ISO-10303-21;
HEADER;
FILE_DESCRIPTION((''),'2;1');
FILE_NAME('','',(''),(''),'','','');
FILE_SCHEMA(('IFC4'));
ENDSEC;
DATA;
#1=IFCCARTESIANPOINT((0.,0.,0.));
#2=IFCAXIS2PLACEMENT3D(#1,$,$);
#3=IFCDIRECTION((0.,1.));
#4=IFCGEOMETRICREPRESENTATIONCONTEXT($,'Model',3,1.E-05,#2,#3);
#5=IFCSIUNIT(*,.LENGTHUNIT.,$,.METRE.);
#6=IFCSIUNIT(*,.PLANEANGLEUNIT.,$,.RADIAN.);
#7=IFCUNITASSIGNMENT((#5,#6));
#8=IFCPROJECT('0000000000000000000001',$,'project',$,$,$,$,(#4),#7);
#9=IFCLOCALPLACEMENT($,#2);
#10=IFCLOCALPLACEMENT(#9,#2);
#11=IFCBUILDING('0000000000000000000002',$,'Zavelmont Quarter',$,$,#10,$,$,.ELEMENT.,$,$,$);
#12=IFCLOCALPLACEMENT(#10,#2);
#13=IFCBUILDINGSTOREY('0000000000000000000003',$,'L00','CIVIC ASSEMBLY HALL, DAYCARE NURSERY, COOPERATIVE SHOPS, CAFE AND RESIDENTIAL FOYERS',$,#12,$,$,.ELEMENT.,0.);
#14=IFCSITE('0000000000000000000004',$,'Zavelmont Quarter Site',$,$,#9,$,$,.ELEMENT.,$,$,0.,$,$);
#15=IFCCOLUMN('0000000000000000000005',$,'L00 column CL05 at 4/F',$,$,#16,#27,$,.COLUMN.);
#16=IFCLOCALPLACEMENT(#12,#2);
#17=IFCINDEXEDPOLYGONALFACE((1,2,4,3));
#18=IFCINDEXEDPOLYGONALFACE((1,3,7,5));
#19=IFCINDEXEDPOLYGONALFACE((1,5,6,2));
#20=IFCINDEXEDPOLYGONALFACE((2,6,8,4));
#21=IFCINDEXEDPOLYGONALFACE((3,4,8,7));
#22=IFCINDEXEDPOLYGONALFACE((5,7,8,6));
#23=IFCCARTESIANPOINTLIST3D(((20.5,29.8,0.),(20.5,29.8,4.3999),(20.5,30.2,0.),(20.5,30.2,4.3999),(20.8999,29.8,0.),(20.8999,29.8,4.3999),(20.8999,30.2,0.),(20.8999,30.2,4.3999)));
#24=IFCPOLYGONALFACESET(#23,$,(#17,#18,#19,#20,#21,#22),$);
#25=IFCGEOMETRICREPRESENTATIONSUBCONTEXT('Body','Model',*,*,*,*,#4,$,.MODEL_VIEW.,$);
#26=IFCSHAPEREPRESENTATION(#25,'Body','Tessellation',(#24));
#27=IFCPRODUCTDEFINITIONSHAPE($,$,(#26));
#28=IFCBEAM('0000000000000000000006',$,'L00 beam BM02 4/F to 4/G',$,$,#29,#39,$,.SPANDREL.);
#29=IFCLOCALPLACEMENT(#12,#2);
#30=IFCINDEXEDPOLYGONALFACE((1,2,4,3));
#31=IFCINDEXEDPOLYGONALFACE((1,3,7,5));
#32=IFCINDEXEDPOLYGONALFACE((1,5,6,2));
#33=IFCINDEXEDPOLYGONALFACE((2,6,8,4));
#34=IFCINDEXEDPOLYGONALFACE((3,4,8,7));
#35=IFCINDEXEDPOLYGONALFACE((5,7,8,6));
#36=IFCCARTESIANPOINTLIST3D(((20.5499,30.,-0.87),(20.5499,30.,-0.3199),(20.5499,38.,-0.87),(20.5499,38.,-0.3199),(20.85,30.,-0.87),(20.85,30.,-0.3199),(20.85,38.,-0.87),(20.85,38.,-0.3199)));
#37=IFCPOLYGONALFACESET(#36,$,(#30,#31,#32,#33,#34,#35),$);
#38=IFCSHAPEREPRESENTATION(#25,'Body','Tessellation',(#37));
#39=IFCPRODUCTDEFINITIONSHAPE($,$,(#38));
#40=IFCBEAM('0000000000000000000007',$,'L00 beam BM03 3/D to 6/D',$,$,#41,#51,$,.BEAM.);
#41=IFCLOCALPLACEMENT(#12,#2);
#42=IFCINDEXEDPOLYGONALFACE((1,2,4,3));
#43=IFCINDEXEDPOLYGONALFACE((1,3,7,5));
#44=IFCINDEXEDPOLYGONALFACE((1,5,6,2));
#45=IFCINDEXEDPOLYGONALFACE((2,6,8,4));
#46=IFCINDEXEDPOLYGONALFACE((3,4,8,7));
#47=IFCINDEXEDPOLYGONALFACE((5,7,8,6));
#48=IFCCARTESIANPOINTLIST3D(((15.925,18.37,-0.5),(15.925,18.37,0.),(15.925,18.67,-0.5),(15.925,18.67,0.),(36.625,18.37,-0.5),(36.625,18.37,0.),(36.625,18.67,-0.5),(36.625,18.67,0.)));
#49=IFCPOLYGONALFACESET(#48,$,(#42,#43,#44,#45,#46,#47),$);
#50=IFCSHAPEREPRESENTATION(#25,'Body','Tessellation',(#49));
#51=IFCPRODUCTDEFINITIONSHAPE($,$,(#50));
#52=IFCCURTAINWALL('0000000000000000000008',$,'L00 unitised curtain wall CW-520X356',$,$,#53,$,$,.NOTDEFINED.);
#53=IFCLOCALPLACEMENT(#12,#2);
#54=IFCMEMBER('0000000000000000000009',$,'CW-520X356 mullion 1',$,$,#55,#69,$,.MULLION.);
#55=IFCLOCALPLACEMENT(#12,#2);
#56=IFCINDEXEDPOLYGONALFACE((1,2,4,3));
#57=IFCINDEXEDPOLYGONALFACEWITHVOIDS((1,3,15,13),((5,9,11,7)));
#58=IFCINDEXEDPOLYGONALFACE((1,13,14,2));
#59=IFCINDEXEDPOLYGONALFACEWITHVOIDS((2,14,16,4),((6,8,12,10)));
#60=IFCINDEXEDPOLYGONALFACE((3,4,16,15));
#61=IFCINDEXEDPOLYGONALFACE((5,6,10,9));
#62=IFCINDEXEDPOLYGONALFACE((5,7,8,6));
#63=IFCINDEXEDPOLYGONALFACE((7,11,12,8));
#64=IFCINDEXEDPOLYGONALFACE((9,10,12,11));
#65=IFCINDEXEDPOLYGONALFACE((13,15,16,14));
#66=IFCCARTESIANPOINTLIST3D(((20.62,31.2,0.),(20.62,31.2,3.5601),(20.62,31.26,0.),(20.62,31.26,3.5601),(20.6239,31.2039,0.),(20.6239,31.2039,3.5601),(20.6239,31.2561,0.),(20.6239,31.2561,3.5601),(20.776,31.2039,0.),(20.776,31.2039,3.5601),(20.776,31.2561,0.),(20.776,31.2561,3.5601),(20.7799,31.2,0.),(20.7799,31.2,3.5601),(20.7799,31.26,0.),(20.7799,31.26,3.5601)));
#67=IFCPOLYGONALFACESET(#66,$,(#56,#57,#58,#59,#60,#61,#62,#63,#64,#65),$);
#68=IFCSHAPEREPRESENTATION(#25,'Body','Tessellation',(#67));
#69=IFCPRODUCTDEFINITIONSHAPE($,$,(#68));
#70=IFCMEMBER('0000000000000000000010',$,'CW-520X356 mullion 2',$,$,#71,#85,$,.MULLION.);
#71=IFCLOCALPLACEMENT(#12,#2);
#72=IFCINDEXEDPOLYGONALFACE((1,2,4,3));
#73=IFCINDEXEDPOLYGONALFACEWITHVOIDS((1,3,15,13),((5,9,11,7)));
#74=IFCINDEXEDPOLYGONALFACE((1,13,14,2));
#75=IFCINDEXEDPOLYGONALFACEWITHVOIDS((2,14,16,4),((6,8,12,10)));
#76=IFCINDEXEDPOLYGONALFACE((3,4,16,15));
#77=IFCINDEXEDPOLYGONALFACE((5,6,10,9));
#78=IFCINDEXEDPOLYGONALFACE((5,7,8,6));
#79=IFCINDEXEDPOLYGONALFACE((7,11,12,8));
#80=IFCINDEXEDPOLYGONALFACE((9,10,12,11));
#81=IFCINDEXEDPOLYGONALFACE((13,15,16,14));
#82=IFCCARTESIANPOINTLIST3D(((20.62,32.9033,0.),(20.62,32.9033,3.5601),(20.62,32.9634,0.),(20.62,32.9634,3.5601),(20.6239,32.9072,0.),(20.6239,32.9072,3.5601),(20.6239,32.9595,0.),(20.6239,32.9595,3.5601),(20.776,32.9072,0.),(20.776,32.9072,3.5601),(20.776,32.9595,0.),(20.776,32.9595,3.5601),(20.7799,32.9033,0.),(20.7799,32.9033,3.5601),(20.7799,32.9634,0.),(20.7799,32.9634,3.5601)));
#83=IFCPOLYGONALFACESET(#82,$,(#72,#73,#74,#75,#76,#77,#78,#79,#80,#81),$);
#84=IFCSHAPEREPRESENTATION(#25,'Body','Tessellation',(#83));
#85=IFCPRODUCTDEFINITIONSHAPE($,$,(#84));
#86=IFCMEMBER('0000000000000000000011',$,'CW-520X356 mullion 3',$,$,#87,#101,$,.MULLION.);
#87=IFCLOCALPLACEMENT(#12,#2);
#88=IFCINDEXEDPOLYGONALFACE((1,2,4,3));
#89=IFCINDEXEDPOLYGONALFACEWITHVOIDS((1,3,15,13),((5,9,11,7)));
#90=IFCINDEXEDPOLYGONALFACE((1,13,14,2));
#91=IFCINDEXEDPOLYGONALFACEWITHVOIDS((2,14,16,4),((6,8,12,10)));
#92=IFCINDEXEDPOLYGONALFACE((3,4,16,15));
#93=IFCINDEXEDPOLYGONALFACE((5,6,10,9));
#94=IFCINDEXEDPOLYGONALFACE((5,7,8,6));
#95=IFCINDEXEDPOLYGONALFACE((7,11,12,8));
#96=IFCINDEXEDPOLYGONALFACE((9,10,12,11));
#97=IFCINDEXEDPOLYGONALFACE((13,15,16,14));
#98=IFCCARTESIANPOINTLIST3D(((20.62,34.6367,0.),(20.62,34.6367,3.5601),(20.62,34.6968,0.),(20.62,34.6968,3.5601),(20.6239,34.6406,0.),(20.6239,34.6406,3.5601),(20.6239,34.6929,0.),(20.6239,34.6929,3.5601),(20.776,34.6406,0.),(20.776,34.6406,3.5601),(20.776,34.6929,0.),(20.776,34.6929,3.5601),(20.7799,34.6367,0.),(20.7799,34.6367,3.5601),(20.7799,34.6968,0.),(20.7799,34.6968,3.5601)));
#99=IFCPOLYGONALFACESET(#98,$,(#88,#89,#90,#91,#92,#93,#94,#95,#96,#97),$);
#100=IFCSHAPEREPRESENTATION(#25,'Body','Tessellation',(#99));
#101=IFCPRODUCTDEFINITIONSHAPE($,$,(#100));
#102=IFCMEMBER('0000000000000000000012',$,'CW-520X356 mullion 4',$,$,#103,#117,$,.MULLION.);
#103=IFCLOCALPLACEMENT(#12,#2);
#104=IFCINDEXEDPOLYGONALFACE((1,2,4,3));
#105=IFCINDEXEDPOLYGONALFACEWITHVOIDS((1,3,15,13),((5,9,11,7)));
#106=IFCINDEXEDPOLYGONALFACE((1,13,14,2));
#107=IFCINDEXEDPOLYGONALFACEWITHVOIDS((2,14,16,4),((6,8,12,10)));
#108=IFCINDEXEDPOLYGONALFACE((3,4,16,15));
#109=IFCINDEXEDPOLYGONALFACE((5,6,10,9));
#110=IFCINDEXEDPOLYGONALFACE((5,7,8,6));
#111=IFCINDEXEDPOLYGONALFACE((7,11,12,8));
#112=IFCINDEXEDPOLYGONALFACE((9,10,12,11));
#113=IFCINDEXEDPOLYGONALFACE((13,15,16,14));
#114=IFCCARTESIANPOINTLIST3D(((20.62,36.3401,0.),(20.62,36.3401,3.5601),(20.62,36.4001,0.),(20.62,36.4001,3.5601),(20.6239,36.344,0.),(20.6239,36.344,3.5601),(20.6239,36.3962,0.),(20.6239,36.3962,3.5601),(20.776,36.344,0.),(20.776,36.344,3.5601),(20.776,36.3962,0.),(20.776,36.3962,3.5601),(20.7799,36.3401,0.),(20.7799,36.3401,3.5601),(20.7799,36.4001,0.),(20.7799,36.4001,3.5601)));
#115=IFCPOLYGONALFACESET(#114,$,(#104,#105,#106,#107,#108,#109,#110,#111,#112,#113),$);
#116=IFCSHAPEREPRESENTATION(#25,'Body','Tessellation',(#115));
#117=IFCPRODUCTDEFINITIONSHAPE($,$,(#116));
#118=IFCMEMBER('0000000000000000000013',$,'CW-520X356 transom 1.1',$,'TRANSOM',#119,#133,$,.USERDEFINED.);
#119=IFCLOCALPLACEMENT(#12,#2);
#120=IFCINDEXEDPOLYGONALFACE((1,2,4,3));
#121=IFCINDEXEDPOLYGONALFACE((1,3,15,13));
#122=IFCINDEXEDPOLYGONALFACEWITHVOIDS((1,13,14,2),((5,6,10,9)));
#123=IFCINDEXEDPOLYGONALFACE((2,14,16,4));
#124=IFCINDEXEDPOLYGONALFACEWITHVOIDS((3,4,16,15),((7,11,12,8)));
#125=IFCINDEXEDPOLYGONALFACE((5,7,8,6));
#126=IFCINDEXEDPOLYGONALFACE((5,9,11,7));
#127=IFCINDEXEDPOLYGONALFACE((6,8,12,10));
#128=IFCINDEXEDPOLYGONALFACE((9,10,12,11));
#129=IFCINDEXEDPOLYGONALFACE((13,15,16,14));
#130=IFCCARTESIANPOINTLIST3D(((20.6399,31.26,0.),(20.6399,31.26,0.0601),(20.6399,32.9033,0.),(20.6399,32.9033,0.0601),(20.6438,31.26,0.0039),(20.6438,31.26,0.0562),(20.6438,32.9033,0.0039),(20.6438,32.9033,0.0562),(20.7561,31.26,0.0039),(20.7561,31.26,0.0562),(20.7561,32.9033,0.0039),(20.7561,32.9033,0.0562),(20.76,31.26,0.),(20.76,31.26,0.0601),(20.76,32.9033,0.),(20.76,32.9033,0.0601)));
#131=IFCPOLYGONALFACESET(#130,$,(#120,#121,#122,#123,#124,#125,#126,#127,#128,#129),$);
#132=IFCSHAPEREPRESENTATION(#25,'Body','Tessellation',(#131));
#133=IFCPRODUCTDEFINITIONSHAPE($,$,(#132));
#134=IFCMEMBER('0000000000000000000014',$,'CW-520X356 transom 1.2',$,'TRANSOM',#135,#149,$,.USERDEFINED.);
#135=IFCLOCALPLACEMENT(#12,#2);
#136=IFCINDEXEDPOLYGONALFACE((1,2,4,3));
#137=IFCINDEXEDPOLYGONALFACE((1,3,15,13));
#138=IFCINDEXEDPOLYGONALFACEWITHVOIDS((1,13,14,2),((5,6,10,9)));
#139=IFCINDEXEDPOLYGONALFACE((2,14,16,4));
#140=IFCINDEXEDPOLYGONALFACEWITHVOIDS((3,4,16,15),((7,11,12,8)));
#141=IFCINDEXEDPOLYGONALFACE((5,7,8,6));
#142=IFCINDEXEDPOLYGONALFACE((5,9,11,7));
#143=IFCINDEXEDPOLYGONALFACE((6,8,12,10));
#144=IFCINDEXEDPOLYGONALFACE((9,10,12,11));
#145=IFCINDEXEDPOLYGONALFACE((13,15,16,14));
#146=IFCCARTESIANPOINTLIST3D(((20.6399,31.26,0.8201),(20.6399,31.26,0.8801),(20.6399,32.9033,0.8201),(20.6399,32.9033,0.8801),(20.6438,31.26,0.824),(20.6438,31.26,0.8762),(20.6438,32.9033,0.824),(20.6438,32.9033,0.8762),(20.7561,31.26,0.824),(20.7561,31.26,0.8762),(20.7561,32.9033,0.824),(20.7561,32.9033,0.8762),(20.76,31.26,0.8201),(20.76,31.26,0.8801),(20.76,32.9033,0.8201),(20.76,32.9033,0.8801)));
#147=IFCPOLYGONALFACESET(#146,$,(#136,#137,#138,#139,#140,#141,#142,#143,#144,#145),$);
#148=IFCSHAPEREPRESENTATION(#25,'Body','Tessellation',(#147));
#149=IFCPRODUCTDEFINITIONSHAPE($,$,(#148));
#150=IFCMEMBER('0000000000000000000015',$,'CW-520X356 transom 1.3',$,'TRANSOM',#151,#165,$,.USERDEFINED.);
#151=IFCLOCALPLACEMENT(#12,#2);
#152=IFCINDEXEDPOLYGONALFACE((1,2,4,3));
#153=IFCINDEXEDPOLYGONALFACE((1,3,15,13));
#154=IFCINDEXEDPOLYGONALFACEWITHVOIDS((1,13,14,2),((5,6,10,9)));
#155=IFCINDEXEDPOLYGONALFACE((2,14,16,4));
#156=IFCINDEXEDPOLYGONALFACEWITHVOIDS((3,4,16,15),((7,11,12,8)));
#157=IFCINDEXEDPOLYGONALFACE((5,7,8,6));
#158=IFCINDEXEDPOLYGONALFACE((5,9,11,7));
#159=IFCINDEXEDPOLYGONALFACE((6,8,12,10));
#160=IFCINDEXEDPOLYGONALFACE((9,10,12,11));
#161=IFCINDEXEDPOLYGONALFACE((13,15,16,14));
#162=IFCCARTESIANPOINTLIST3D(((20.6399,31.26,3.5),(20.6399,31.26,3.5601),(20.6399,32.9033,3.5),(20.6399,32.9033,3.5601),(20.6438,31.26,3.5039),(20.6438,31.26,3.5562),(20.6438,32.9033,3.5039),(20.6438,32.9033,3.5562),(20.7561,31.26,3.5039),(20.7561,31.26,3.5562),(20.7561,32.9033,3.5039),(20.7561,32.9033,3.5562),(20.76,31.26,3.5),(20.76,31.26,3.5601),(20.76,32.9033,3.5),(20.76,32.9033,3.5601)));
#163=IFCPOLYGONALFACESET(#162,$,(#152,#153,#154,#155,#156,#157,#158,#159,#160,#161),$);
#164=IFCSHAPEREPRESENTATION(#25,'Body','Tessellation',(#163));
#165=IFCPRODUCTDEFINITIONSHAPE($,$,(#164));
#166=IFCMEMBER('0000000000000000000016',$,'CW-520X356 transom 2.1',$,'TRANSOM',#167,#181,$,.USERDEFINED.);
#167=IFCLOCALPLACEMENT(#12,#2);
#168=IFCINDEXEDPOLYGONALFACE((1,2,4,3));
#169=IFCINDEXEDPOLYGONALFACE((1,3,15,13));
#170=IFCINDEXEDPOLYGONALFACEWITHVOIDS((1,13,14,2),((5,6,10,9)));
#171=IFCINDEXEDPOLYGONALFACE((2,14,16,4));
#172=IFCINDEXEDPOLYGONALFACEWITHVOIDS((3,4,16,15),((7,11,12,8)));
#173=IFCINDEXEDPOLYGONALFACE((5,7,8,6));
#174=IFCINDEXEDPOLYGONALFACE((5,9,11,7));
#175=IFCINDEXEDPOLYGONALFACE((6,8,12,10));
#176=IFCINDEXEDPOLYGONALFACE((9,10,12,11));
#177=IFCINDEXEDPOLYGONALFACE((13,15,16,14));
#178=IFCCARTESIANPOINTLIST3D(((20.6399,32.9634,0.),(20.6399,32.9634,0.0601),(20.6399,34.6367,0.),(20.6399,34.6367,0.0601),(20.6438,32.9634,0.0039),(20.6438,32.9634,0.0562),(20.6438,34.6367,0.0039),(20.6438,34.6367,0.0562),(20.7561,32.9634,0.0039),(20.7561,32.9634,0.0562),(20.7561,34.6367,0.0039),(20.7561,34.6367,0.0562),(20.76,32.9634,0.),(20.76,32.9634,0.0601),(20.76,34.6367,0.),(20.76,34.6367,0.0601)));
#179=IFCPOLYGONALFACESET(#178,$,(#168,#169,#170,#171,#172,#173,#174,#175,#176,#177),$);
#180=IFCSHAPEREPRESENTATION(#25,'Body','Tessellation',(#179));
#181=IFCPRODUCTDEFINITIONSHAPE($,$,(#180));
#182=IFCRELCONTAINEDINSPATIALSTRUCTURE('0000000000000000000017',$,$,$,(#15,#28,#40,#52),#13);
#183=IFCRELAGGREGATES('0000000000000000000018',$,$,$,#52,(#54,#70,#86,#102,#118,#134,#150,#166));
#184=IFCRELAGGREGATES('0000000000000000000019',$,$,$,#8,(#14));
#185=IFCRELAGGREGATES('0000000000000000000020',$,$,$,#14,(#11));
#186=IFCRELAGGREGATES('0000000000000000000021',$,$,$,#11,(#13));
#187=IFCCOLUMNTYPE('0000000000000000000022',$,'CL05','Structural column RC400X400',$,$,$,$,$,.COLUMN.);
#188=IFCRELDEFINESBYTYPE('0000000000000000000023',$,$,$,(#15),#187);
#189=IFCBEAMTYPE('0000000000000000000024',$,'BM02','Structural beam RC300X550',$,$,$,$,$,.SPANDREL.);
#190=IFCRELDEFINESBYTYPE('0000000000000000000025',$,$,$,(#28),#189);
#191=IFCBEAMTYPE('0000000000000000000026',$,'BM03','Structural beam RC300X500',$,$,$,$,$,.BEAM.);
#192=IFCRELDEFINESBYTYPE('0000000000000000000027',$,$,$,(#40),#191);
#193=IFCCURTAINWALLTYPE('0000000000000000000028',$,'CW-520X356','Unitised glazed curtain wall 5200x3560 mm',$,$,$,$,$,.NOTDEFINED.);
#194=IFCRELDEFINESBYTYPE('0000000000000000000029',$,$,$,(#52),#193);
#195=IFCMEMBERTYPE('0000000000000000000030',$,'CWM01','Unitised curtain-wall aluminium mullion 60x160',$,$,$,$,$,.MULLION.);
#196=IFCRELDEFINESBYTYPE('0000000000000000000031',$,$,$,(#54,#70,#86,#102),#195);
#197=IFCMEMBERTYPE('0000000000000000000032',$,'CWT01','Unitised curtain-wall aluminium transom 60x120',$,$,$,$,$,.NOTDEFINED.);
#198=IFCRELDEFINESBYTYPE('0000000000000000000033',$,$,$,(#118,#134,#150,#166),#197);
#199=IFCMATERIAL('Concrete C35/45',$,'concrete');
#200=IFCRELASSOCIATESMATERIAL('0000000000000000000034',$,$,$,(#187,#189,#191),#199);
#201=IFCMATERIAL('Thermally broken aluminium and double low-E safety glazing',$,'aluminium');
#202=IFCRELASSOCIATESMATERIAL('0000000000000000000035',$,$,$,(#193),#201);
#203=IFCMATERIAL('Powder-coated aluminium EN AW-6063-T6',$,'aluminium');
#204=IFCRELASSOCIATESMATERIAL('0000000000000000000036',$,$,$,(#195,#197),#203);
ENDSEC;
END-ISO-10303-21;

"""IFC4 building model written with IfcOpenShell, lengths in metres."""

from ifc_helpers import new_model, si_unit, direction, frame, origin, origin_2d, place, context, subcontext, project, spatial, rectangle, hollow_rectangle, extrude, material, material_profile, profile_set, type_object, element, aggregate, save


model = new_model("IFC4")

# Units and contexts
model_context = context("Model", 3, precision=1e-05, world=origin(), true_north=direction((0.0, 1.0)))
body_context = subcontext(model_context, "Body", "Model", "MODEL_VIEW")
ifc_project = project(units=[si_unit("LENGTHUNIT", "METRE"), si_unit("PLANEANGLEUNIT", "RADIAN")], contexts=[model_context])

# Site, building, storey
site_placement = place(None, origin())
site = spatial("IfcSite", under=ifc_project, at=site_placement, Name="Zavelmont Quarter Site", CompositionType="ELEMENT", RefElevation=0.0)
building_placement = place(site_placement, origin())
building = spatial("IfcBuilding", under=site, at=building_placement, Name="Zavelmont Quarter", CompositionType="ELEMENT")
storey_placement = place(building_placement, origin())
storey = spatial("IfcBuildingStorey", under=building, at=storey_placement, Name="L00", Description="CIVIC ASSEMBLY HALL, DAYCARE NURSERY, COOPERATIVE SHOPS, CAFE AND RESIDENTIAL FOYERS", CompositionType="ELEMENT", Elevation=0.0)

# Column
ifc_material_1 = material(Name="Concrete C35/45", Category="concrete")
ifc_material_profile_1 = material_profile(ifc_material_1, rectangle(XDim=0.3999, YDim=0.3999, at=origin_2d()), Name="RC400X400")
ifc_profile_set_1 = profile_set([ifc_material_profile_1], Name="Concrete C35/45")
column_type = type_object("IfcColumnType", Name="CL05", Description="Structural column RC400X400", PredefinedType="COLUMN", material=ifc_profile_set_1)
column_placement = place(storey_placement, frame((20.7, 30.0, 0.0), z_axis=(0.0, 0.0, 1.0), x_axis=(1.0, 0.0, 0.0)))
element("IfcColumn", 1, at=column_placement, inside=storey, type_object=column_type, Name="L00 column CL05 at 4/F", PredefinedType="COLUMN", context=body_context, shape_type="SweptSolid", body=[
    extrude(rectangle(XDim=0.3999, YDim=0.3999, at=origin_2d()), origin(), (0.0, 0.0, 1.0), 4.3999),
])

# Beams
ifc_material_profile_2 = material_profile(ifc_material_1, rectangle(XDim=0.3, YDim=0.55, at=origin_2d()), Name="RC300X550")
ifc_profile_set_2 = profile_set([ifc_material_profile_2], Name="Concrete C35/45")
beam_type_1 = type_object("IfcBeamType", Name="BM02", Description="Structural beam RC300X550", PredefinedType="SPANDREL", material=ifc_profile_set_2)
beam_1_placement = place(storey_placement, frame((20.7, 30.0, -0.595), z_axis=(0.0, 1.0, 0.0), x_axis=(-1.0, 0.0, 0.0)))
element("IfcBeam", 2, at=beam_1_placement, inside=storey, type_object=beam_type_1, Name="L00 beam BM02 4/F to 4/G", PredefinedType="SPANDREL", context=body_context, shape_type="SweptSolid", body=[
    extrude(rectangle(XDim=0.3, YDim=0.55, at=origin_2d()), origin(), (0.0, 0.0, 1.0), 8.0),
])
ifc_material_profile_3 = material_profile(ifc_material_1, rectangle(XDim=0.3, YDim=0.5, at=origin_2d()), Name="RC300X500")
ifc_profile_set_3 = profile_set([ifc_material_profile_3], Name="Concrete C35/45")
beam_type_2 = type_object("IfcBeamType", Name="BM03", Description="Structural beam RC300X500", PredefinedType="BEAM", material=ifc_profile_set_3)
beam_2_placement = place(storey_placement, frame((15.925, 18.52, -0.25), z_axis=(1.0, 0.0, 0.0), x_axis=(0.0, 1.0, 0.0)))
element("IfcBeam", 3, at=beam_2_placement, inside=storey, type_object=beam_type_2, Name="L00 beam BM03 3/D to 6/D", PredefinedType="BEAM", context=body_context, shape_type="SweptSolid", body=[
    extrude(rectangle(XDim=0.3, YDim=0.5, at=origin_2d()), origin(), (0.0, 0.0, 1.0), 20.7),
])

# Curtain wall, members
ifc_material_2 = material(Name="Thermally broken aluminium and double low-E safety glazing", Category="aluminium")
curtain_wall_type = type_object("IfcCurtainWallType", Name="CW-520X356", Description="Unitised glazed curtain wall 5200x3560 mm", PredefinedType="NOTDEFINED", material=ifc_material_2)
curtain_wall_placement = place(storey_placement, origin())
curtain_wall = element("IfcCurtainWall", 4, at=curtain_wall_placement, inside=storey, type_object=curtain_wall_type, Name="L00 unitised curtain wall CW-520X356", PredefinedType="NOTDEFINED")
ifc_material_3 = material(Name="Powder-coated aluminium EN AW-6063-T6", Category="aluminium")
ifc_material_profile_4 = material_profile(ifc_material_3, hollow_rectangle(XDim=0.0601, YDim=0.1599, WallThickness=0.0039, at=origin_2d()), Name="CWM60X160")
ifc_profile_set_4 = profile_set([ifc_material_profile_4], Name="Powder-coated aluminium EN AW-6063-T6")
member_type_1 = type_object("IfcMemberType", Name="CWM01", Description="Unitised curtain-wall aluminium mullion 60x160", PredefinedType="MULLION", material=ifc_profile_set_4)
member_1_placement = place(storey_placement, frame((20.7, 31.23, 0.0), z_axis=(0.0, 0.0, 1.0), x_axis=(0.0, 1.0, 0.0)))
member_1 = element("IfcMember", 5, at=member_1_placement, type_object=member_type_1, Name="CW-520X356 mullion 1", PredefinedType="MULLION", context=body_context, shape_type="SweptSolid", body=[
    extrude(hollow_rectangle(XDim=0.0601, YDim=0.1599, WallThickness=0.0039, at=origin_2d()), origin(), (0.0, 0.0, 1.0), 3.5601),
])
member_2_placement = place(storey_placement, frame((20.7, 32.9333, 0.0), z_axis=(0.0, 0.0, 1.0), x_axis=(0.0, 1.0, 0.0)))
member_2 = element("IfcMember", 6, at=member_2_placement, type_object=member_type_1, Name="CW-520X356 mullion 2", PredefinedType="MULLION", context=body_context, shape_type="SweptSolid", body=[
    extrude(hollow_rectangle(XDim=0.0601, YDim=0.1599, WallThickness=0.0039, at=origin_2d()), origin(), (0.0, 0.0, 1.0), 3.5601),
])
member_3_placement = place(storey_placement, frame((20.7, 34.6667, 0.0), z_axis=(0.0, 0.0, 1.0), x_axis=(0.0, 1.0, 0.0)))
member_3 = element("IfcMember", 7, at=member_3_placement, type_object=member_type_1, Name="CW-520X356 mullion 3", PredefinedType="MULLION", context=body_context, shape_type="SweptSolid", body=[
    extrude(hollow_rectangle(XDim=0.0601, YDim=0.1599, WallThickness=0.0039, at=origin_2d()), origin(), (0.0, 0.0, 1.0), 3.5601),
])
member_4_placement = place(storey_placement, frame((20.7, 36.3701, 0.0), z_axis=(0.0, 0.0, 1.0), x_axis=(0.0, 1.0, 0.0)))
member_4 = element("IfcMember", 8, at=member_4_placement, type_object=member_type_1, Name="CW-520X356 mullion 4", PredefinedType="MULLION", context=body_context, shape_type="SweptSolid", body=[
    extrude(hollow_rectangle(XDim=0.0601, YDim=0.1599, WallThickness=0.0039, at=origin_2d()), origin(), (0.0, 0.0, 1.0), 3.5601),
])
ifc_material_profile_5 = material_profile(ifc_material_3, hollow_rectangle(XDim=0.1201, YDim=0.0601, WallThickness=0.0039, at=origin_2d()), Name="CWT60X120")
ifc_profile_set_5 = profile_set([ifc_material_profile_5], Name="Powder-coated aluminium EN AW-6063-T6")
member_type_2 = type_object("IfcMemberType", Name="CWT01", Description="Unitised curtain-wall aluminium transom 60x120", PredefinedType="NOTDEFINED", material=ifc_profile_set_5)
member_5_placement = place(storey_placement, frame((20.7, 31.26, 0.03), z_axis=(0.0, 1.0, 0.0), x_axis=(-1.0, 0.0, 0.0)))
member_5 = element("IfcMember", 9, at=member_5_placement, type_object=member_type_2, Name="CW-520X356 transom 1.1", ObjectType="TRANSOM", PredefinedType="USERDEFINED", context=body_context, shape_type="SweptSolid", body=[
    extrude(hollow_rectangle(XDim=0.1201, YDim=0.0601, WallThickness=0.0039, at=origin_2d()), origin(), (0.0, 0.0, 1.0), 1.6433),
])
member_6_placement = place(storey_placement, frame((20.7, 31.26, 0.8501), z_axis=(0.0, 1.0, 0.0), x_axis=(-1.0, 0.0, 0.0)))
member_6 = element("IfcMember", 10, at=member_6_placement, type_object=member_type_2, Name="CW-520X356 transom 1.2", ObjectType="TRANSOM", PredefinedType="USERDEFINED", context=body_context, shape_type="SweptSolid", body=[
    extrude(hollow_rectangle(XDim=0.1201, YDim=0.0601, WallThickness=0.0039, at=origin_2d()), origin(), (0.0, 0.0, 1.0), 1.6433),
])
member_7_placement = place(storey_placement, frame((20.7, 31.26, 3.53), z_axis=(0.0, 1.0, 0.0), x_axis=(-1.0, 0.0, 0.0)))
member_7 = element("IfcMember", 11, at=member_7_placement, type_object=member_type_2, Name="CW-520X356 transom 1.3", ObjectType="TRANSOM", PredefinedType="USERDEFINED", context=body_context, shape_type="SweptSolid", body=[
    extrude(hollow_rectangle(XDim=0.1201, YDim=0.0601, WallThickness=0.0039, at=origin_2d()), origin(), (0.0, 0.0, 1.0), 1.6433),
])
member_8_placement = place(storey_placement, frame((20.7, 32.9634, 0.03), z_axis=(0.0, 1.0, 0.0), x_axis=(-1.0, 0.0, 0.0)))
member_8 = element("IfcMember", 12, at=member_8_placement, type_object=member_type_2, Name="CW-520X356 transom 2.1", ObjectType="TRANSOM", PredefinedType="USERDEFINED", context=body_context, shape_type="SweptSolid", body=[
    extrude(hollow_rectangle(XDim=0.1201, YDim=0.0601, WallThickness=0.0039, at=origin_2d()), origin(), (0.0, 0.0, 1.0), 1.6733),
])

aggregate(curtain_wall, [member_1, member_2, member_3, member_4, member_5, member_6, member_7, member_8])

save(model, "model.ifc")
